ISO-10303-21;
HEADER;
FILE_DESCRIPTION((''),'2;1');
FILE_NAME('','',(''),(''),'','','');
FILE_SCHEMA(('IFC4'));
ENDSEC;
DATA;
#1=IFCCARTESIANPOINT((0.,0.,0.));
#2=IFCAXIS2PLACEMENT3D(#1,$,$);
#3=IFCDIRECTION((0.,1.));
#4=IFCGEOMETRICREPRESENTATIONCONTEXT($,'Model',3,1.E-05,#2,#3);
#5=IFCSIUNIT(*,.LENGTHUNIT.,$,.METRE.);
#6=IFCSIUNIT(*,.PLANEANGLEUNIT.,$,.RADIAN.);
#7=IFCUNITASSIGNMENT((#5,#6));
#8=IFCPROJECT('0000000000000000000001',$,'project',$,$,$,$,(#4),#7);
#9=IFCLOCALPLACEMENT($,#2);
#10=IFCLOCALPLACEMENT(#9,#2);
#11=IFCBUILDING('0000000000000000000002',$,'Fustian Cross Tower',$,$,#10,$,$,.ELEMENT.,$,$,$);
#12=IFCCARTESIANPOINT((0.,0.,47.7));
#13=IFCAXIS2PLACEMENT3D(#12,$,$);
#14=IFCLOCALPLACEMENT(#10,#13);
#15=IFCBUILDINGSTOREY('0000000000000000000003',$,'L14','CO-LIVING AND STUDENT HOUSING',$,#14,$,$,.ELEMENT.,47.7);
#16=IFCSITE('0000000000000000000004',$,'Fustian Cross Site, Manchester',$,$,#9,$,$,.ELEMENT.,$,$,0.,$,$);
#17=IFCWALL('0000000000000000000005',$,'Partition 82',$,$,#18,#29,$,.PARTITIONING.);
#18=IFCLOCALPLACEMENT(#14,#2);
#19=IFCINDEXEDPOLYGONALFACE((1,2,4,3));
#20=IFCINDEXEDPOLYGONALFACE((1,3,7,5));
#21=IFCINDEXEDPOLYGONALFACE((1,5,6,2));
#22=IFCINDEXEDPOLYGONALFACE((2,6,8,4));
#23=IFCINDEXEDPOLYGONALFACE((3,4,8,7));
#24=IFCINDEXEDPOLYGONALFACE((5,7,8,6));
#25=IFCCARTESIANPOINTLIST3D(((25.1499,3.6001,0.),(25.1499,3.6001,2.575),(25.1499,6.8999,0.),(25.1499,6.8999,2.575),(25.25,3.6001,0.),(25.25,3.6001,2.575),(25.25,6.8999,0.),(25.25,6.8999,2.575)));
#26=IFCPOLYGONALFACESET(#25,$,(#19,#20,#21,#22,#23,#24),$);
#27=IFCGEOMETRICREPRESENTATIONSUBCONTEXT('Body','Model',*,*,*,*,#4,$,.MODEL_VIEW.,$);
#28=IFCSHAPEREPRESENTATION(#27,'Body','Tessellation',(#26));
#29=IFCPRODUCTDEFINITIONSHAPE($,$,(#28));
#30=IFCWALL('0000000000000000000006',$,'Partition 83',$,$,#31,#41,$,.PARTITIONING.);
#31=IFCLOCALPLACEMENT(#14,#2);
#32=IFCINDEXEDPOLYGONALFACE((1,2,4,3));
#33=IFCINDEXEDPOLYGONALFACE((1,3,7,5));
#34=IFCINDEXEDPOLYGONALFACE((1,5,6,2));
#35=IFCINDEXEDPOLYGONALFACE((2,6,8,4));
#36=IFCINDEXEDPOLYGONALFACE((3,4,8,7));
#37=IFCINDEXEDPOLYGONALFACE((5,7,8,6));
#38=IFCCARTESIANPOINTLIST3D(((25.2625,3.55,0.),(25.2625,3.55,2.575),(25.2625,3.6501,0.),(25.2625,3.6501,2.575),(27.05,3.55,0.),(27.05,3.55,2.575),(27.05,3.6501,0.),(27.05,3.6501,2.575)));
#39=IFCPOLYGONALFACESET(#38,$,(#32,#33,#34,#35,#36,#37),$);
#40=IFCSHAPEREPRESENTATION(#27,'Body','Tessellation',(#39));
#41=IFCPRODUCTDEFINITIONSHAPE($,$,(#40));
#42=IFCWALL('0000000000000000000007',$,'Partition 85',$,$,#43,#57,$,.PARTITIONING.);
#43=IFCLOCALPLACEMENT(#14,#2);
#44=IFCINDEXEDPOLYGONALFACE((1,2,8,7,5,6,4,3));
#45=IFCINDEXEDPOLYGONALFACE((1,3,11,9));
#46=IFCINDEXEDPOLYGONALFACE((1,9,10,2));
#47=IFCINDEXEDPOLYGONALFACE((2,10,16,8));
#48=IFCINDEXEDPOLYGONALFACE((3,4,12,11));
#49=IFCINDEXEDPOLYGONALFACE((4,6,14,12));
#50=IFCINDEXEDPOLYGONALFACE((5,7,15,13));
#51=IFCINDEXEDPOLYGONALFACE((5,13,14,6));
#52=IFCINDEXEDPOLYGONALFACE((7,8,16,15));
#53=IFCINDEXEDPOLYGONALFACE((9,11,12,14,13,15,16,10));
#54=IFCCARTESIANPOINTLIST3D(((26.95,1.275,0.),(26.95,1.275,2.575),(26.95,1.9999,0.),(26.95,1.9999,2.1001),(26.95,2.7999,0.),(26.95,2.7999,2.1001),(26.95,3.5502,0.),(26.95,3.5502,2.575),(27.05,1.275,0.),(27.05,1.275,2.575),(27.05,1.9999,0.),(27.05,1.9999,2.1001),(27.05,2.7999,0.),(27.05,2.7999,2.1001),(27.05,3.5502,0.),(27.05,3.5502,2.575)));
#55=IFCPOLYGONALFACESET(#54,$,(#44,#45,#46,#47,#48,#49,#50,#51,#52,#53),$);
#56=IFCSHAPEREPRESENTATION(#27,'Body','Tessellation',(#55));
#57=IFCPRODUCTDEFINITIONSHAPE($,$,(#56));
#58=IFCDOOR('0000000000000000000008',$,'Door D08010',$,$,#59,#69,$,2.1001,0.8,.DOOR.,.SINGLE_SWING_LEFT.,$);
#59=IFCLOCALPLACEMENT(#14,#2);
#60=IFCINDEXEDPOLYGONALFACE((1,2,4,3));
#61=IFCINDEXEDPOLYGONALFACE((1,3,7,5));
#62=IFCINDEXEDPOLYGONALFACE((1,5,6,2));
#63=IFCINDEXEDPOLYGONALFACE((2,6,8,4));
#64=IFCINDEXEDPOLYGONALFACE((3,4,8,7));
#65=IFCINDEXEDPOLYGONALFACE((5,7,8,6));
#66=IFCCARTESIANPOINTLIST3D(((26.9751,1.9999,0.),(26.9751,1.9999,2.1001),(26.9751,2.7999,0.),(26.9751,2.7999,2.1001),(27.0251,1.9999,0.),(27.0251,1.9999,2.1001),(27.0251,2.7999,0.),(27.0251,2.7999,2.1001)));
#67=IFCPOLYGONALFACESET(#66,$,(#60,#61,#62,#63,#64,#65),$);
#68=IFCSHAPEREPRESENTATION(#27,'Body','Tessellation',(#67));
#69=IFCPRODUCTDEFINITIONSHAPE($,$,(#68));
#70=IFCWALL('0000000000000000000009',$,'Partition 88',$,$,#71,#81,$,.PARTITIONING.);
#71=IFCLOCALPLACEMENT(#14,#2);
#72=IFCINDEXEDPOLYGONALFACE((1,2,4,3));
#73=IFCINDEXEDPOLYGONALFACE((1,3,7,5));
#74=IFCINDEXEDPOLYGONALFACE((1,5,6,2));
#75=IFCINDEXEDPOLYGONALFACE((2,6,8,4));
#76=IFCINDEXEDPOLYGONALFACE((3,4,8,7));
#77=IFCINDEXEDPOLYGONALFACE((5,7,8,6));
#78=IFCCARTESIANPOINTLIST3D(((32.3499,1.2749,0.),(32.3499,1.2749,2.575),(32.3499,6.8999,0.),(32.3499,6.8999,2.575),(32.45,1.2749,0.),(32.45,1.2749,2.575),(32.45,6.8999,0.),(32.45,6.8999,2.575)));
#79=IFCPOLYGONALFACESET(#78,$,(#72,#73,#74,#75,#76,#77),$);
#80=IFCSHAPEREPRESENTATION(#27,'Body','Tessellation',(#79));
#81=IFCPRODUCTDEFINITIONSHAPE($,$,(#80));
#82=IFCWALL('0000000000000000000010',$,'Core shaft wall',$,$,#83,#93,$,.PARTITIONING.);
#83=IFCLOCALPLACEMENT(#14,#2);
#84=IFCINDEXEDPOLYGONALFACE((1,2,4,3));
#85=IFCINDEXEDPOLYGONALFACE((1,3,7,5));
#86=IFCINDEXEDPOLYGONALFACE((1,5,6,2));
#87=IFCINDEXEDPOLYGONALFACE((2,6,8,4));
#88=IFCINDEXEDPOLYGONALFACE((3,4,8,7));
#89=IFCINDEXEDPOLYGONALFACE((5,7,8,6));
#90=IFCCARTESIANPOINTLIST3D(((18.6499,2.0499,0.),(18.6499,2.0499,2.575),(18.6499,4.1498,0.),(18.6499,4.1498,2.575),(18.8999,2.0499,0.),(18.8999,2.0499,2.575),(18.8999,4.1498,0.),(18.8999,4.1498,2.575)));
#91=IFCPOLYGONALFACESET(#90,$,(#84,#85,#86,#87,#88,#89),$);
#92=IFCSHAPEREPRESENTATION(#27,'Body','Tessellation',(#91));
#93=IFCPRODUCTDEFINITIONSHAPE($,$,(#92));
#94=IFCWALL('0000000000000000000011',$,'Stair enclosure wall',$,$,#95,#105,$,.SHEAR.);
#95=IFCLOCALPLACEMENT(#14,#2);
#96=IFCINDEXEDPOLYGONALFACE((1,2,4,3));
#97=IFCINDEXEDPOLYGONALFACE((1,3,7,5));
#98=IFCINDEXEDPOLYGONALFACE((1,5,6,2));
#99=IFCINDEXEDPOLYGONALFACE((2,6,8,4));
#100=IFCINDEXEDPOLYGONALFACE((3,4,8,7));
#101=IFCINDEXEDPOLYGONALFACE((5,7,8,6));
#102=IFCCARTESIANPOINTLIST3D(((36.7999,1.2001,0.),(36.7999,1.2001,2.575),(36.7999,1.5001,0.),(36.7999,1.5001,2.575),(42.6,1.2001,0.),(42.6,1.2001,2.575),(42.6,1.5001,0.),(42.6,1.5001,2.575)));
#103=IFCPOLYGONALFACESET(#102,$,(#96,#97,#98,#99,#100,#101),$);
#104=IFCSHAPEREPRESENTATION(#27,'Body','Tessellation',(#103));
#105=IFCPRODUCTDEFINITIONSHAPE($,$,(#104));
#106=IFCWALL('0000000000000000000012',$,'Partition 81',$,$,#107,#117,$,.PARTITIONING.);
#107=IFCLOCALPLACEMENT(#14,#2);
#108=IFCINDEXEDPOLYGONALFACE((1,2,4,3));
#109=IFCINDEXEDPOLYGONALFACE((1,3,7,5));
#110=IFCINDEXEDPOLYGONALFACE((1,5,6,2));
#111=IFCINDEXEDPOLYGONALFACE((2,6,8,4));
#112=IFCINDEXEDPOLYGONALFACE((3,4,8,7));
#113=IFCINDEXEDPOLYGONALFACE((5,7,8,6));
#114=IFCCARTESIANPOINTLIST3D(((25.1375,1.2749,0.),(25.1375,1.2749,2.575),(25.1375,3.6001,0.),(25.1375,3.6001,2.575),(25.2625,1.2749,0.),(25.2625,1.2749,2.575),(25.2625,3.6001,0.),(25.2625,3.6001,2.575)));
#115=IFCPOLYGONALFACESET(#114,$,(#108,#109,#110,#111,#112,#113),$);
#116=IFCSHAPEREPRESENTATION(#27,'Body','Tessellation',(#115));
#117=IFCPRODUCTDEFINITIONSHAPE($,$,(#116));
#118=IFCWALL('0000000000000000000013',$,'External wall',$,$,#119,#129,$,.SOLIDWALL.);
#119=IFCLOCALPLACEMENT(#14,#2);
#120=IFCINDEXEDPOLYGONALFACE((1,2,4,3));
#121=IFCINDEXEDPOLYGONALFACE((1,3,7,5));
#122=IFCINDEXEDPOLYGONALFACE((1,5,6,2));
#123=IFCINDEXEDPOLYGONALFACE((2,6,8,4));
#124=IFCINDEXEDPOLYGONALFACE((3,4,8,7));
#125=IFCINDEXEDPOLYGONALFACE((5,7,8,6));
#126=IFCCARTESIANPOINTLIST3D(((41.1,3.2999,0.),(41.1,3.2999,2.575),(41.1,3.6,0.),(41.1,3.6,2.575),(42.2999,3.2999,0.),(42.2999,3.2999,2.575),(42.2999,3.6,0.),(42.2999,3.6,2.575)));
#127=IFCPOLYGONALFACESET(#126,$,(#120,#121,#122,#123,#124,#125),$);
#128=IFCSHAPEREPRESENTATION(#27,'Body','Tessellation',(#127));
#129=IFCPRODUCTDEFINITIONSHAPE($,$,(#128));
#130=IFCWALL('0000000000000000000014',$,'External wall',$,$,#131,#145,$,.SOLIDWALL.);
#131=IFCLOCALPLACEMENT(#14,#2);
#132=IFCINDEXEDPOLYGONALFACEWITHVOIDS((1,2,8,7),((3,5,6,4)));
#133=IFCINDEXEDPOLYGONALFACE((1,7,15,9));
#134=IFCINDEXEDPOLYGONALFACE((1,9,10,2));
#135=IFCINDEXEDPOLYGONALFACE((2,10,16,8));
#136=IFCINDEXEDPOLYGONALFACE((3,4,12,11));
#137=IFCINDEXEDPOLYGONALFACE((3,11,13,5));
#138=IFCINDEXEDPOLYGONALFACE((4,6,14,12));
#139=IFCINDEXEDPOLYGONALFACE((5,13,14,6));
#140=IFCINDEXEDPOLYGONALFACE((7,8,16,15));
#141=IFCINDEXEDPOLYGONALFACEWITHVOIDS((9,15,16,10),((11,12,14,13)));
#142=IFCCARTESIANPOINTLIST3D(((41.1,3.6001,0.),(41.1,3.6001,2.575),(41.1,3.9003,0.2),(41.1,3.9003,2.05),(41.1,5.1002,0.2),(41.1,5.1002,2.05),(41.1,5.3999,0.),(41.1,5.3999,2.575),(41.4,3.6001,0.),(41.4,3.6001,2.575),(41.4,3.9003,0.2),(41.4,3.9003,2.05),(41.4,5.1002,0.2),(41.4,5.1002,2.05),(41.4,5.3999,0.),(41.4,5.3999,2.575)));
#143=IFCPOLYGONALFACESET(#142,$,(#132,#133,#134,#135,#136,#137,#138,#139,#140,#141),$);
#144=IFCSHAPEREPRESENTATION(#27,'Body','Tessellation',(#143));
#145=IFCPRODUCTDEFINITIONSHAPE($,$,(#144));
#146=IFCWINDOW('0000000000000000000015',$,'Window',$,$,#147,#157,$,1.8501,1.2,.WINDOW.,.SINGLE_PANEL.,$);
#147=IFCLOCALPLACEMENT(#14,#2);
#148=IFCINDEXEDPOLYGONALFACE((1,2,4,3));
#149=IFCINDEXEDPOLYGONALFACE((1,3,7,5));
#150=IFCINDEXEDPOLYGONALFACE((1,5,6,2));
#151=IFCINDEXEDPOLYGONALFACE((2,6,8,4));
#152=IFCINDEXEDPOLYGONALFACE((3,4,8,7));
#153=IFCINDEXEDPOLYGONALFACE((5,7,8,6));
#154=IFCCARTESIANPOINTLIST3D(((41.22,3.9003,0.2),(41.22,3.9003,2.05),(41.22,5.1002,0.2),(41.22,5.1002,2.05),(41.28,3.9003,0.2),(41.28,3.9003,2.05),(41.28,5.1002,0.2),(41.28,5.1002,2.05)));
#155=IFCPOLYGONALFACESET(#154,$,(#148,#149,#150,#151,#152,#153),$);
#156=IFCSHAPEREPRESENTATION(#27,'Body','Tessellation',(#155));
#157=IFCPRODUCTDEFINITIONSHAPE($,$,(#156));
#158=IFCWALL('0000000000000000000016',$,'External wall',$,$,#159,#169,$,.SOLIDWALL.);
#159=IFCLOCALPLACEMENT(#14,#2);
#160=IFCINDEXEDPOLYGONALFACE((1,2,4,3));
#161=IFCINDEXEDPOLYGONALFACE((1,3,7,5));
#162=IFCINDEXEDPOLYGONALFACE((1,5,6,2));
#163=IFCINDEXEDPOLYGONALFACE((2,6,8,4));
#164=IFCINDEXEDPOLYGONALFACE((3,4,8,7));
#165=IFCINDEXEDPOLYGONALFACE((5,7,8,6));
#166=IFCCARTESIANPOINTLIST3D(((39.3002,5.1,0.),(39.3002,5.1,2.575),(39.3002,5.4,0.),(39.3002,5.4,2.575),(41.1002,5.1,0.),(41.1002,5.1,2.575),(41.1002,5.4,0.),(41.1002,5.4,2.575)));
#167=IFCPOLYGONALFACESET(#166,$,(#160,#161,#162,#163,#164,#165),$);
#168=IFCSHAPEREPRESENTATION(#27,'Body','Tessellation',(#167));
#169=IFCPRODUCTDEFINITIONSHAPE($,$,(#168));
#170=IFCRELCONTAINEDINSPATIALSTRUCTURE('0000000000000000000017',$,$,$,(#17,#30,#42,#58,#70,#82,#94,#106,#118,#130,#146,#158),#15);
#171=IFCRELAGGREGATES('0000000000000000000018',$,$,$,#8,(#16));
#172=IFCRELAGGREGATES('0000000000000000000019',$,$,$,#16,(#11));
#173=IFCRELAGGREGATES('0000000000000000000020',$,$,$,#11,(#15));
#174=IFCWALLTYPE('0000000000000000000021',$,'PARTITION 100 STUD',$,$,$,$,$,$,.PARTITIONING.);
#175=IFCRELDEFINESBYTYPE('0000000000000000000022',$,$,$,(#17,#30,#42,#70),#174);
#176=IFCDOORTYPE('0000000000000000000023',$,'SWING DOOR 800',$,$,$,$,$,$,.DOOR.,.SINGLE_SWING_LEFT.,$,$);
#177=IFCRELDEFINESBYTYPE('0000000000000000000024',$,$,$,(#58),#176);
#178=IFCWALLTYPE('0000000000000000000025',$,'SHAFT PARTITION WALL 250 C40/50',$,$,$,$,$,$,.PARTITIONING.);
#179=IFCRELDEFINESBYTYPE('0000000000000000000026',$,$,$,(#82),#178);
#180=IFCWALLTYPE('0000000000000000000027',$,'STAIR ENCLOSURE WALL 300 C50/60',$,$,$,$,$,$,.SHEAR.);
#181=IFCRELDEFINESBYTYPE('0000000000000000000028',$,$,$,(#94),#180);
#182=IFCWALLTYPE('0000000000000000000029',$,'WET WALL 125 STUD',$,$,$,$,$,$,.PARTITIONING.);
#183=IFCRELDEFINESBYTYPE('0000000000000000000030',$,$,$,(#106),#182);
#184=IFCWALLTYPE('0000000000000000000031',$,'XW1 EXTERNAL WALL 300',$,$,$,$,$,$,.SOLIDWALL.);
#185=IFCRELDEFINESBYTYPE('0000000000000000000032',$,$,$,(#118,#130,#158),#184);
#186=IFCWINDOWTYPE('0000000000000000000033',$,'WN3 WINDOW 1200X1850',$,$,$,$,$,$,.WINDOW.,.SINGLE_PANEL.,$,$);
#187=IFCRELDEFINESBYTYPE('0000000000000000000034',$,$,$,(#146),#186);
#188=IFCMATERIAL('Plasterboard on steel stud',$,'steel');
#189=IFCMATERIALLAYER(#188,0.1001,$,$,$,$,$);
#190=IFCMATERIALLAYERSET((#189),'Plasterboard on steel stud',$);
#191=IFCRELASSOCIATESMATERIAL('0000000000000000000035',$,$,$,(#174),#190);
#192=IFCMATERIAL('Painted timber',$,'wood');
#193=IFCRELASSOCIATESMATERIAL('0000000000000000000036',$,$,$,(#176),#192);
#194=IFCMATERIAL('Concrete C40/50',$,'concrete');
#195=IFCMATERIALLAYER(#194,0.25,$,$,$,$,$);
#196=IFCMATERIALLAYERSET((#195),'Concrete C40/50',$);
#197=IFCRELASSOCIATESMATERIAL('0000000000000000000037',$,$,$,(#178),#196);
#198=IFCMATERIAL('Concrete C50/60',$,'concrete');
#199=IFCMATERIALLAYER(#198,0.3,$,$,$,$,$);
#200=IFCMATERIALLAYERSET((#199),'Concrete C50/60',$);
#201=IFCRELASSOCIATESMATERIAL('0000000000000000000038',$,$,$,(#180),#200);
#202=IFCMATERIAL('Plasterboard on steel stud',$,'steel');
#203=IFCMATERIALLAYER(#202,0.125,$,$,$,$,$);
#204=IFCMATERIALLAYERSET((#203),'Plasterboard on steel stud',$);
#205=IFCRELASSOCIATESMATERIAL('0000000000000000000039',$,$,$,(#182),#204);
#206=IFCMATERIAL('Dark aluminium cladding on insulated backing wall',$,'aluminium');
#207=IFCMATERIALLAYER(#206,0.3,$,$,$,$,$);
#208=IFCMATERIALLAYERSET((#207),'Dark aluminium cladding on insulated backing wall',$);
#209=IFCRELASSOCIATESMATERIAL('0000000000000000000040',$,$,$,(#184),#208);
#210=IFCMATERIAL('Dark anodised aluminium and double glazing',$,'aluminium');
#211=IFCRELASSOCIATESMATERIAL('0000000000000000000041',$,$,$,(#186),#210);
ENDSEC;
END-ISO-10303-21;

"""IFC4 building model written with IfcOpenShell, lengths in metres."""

from ifc_helpers import new_model, si_unit, direction, frame, frame_2d, origin, place, context, subcontext, project, spatial, rectangle, extrude, material, layer, layer_set, type_object, element, fill, save


model = new_model("IFC4")

# Units and contexts
model_context = context("Model", 3, precision=1e-05, world=origin(), true_north=direction((0.0, 1.0)))
body_context = subcontext(model_context, "Body", "Model", "MODEL_VIEW")
ifc_project = project(units=[si_unit("LENGTHUNIT", "METRE"), si_unit("PLANEANGLEUNIT", "RADIAN")], contexts=[model_context])

# Site, building, storey
site_placement = place(None, origin())
site = spatial("IfcSite", under=ifc_project, at=site_placement, Name="Fustian Cross Site, Manchester", CompositionType="ELEMENT", RefElevation=0.0)
building_placement = place(site_placement, origin())
building = spatial("IfcBuilding", under=site, at=building_placement, Name="Fustian Cross Tower", CompositionType="ELEMENT")
storey_placement = place(building_placement, frame((0.0, 0.0, 47.7)))
storey = spatial("IfcBuildingStorey", under=building, at=storey_placement, Name="L14", Description="CO-LIVING AND STUDENT HOUSING", CompositionType="ELEMENT", Elevation=47.7)

# Walls
ifc_material_1 = material(Name="Plasterboard on steel stud", Category="steel")
ifc_layer_1 = layer(ifc_material_1, 0.1001)
ifc_layer_set_1 = layer_set([ifc_layer_1], Name="Plasterboard on steel stud")
wall_type_1 = type_object("IfcWallType", Name="PARTITION 100 STUD", PredefinedType="PARTITIONING", material=ifc_layer_set_1)
wall_1_placement = place(storey_placement, frame((25.2, 3.6001, 0.0), z_axis=(0.0, 0.0, 1.0), x_axis=(0.0, 1.0, 0.0)))
element("IfcWall", 1, at=wall_1_placement, inside=storey, type_object=wall_type_1, Name="Partition 82", PredefinedType="PARTITIONING", context=body_context, shape_type="SweptSolid", body=[
    extrude(rectangle(XDim=3.2998, YDim=0.1001, at=frame_2d((1.6499, 0.0))), origin(), (0.0, 0.0, 1.0), 2.575),
])
wall_2_placement = place(storey_placement, frame((25.2625, 3.6001, 0.0), z_axis=(0.0, 0.0, 1.0), x_axis=(1.0, 0.0, 0.0)))
element("IfcWall", 2, at=wall_2_placement, inside=storey, type_object=wall_type_1, Name="Partition 83", PredefinedType="PARTITIONING", context=body_context, shape_type="SweptSolid", body=[
    extrude(rectangle(XDim=1.7876, YDim=0.1001, at=frame_2d((0.8938, 0.0))), origin(), (0.0, 0.0, 1.0), 2.575),
])

# Wall, opening, door
wall_3_placement = place(storey_placement, frame((27.0, 1.2749, 0.0), z_axis=(0.0, 0.0, 1.0), x_axis=(0.0, 1.0, 0.0)))
wall_3 = element("IfcWall", 3, at=wall_3_placement, inside=storey, type_object=wall_type_1, Name="Partition 85", PredefinedType="PARTITIONING", context=body_context, shape_type="SweptSolid", body=[
    extrude(rectangle(XDim=2.2751, YDim=0.1001, at=frame_2d((1.1377, 0.0))), origin(), (0.0, 0.0, 1.0), 2.575),
])
opening_1_placement = place(wall_3_placement, frame((0.7251, 0.0, 0.0)))
opening_1 = element("IfcOpeningElement", 4, at=opening_1_placement, cuts=wall_3, PredefinedType="OPENING", context=body_context, shape_type="SweptSolid", body=[
    extrude(rectangle(XDim=0.8, YDim=2.1001, at=frame_2d((0.3999, 1.05))), frame((0.0, 0.0601, 0.0), z_axis=(0.0, -1.0, 0.0), x_axis=(1.0, 0.0, 0.0)), (0.0, 0.0, 1.0), 0.1201),
])
ifc_material_2 = material(Name="Painted timber", Category="wood")
door_type_1 = type_object("IfcDoorType", Name="SWING DOOR 800", OperationType="SINGLE_SWING_LEFT", PredefinedType="DOOR", material=ifc_material_2)
door_1_placement = place(opening_1_placement, origin())
door_1 = element("IfcDoor", 5, at=door_1_placement, inside=storey, type_object=door_type_1, Name="Door D08010", OperationType="SINGLE_SWING_LEFT", OverallHeight=2.1001, OverallWidth=0.8, PredefinedType="DOOR", context=body_context, shape_type="SweptSolid", body=[
    extrude(rectangle(XDim=0.8, YDim=2.1001, at=frame_2d((0.3999, 1.05))), frame((0.0, 0.0249, 0.0), z_axis=(0.0, -1.0, 0.0), x_axis=(1.0, 0.0, 0.0)), (0.0, 0.0, 1.0), 0.05),
])
fill(opening_1, door_1)

# Walls
wall_4_placement = place(storey_placement, frame((32.3999, 1.2749, 0.0), z_axis=(0.0, 0.0, 1.0), x_axis=(0.0, 1.0, 0.0)))
element("IfcWall", 6, at=wall_4_placement, inside=storey, type_object=wall_type_1, Name="Partition 88", PredefinedType="PARTITIONING", context=body_context, shape_type="SweptSolid", body=[
    extrude(rectangle(XDim=5.625, YDim=0.1001, at=frame_2d((2.8125, 0.0))), origin(), (0.0, 0.0, 1.0), 2.575),
])
ifc_material_3 = material(Name="Concrete C40/50", Category="concrete")
ifc_layer_2 = layer(ifc_material_3, 0.25)
ifc_layer_set_2 = layer_set([ifc_layer_2], Name="Concrete C40/50")
wall_type_2 = type_object("IfcWallType", Name="SHAFT PARTITION WALL 250 C40/50", PredefinedType="PARTITIONING", material=ifc_layer_set_2)
wall_5_placement = place(storey_placement, frame((18.7749, 2.05, 0.0), z_axis=(0.0, 0.0, 1.0), x_axis=(0.0, 1.0, 0.0)))
element("IfcWall", 7, at=wall_5_placement, inside=storey, type_object=wall_type_2, Name="Core shaft wall", PredefinedType="PARTITIONING", context=body_context, shape_type="SweptSolid", body=[
    extrude(rectangle(XDim=2.0999, YDim=0.25, at=frame_2d((1.0498, 0.0))), origin(), (0.0, 0.0, 1.0), 2.575),
])
ifc_material_4 = material(Name="Concrete C50/60", Category="concrete")
ifc_layer_3 = layer(ifc_material_4, 0.3)
ifc_layer_set_3 = layer_set([ifc_layer_3], Name="Concrete C50/60")
wall_type_3 = type_object("IfcWallType", Name="STAIR ENCLOSURE WALL 300 C50/60", PredefinedType="SHEAR", material=ifc_layer_set_3)
wall_6_placement = place(storey_placement, frame((36.8, 1.3501, 0.0), z_axis=(0.0, 0.0, 1.0), x_axis=(1.0, 0.0, 0.0)))
element("IfcWall", 8, at=wall_6_placement, inside=storey, type_object=wall_type_3, Name="Stair enclosure wall", PredefinedType="SHEAR", context=body_context, shape_type="SweptSolid", body=[
    extrude(rectangle(XDim=5.8, YDim=0.3, at=frame_2d((2.8999, 0.0))), origin(), (0.0, 0.0, 1.0), 2.575),
])
ifc_material_5 = material(Name="Plasterboard on steel stud", Category="steel")
ifc_layer_4 = layer(ifc_material_5, 0.125)
ifc_layer_set_4 = layer_set([ifc_layer_4], Name="Plasterboard on steel stud")
wall_type_4 = type_object("IfcWallType", Name="WET WALL 125 STUD", PredefinedType="PARTITIONING", material=ifc_layer_set_4)
wall_7_placement = place(storey_placement, frame((25.2, 1.2749, 0.0), z_axis=(0.0, 0.0, 1.0), x_axis=(0.0, 1.0, 0.0)))
element("IfcWall", 9, at=wall_7_placement, inside=storey, type_object=wall_type_4, Name="Partition 81", PredefinedType="PARTITIONING", context=body_context, shape_type="SweptSolid", body=[
    extrude(rectangle(XDim=2.3252, YDim=0.125, at=frame_2d((1.1626, 0.0))), origin(), (0.0, 0.0, 1.0), 2.575),
])
ifc_material_6 = material(Name="Dark aluminium cladding on insulated backing wall", Category="aluminium")
ifc_layer_5 = layer(ifc_material_6, 0.3)
ifc_layer_set_5 = layer_set([ifc_layer_5], Name="Dark aluminium cladding on insulated backing wall")
wall_type_5 = type_object("IfcWallType", Name="XW1 EXTERNAL WALL 300", PredefinedType="SOLIDWALL", material=ifc_layer_set_5)
wall_8_placement = place(storey_placement, frame((42.3, 3.45, 0.0), z_axis=(0.0, 0.0, 1.0), x_axis=(-1.0, 0.0, 0.0)))
element("IfcWall", 10, at=wall_8_placement, inside=storey, type_object=wall_type_5, Name="External wall", PredefinedType="SOLIDWALL", context=body_context, shape_type="SweptSolid", body=[
    extrude(rectangle(XDim=1.2, YDim=0.3, at=frame_2d((0.6001, 0.0))), origin(), (0.0, 0.0, 1.0), 2.575),
])

# Wall, opening, window
wall_9_placement = place(storey_placement, frame((41.25, 3.6001, 0.0), z_axis=(0.0, 0.0, 1.0), x_axis=(0.0, 1.0, 0.0)))
wall_9 = element("IfcWall", 11, at=wall_9_placement, inside=storey, type_object=wall_type_5, Name="External wall", PredefinedType="SOLIDWALL", context=body_context, shape_type="SweptSolid", body=[
    extrude(rectangle(XDim=1.7998, YDim=0.3, at=frame_2d((0.8999, 0.0))), origin(), (0.0, 0.0, 1.0), 2.575),
])
opening_2_placement = place(wall_9_placement, frame((0.3, 0.0, 0.2)))
opening_2 = element("IfcOpeningElement", 12, at=opening_2_placement, cuts=wall_9, PredefinedType="OPENING", context=body_context, shape_type="SweptSolid", body=[
    extrude(rectangle(XDim=1.2, YDim=1.8501, at=frame_2d((0.6001, 0.925))), frame((0.0, 0.1599, 0.0), z_axis=(0.0, -1.0, 0.0), x_axis=(1.0, 0.0, 0.0)), (0.0, 0.0, 1.0), 0.3201),
])
ifc_material_7 = material(Name="Dark anodised aluminium and double glazing", Category="aluminium")
window_type = type_object("IfcWindowType", Name="WN3 WINDOW 1200X1850", PartitioningType="SINGLE_PANEL", PredefinedType="WINDOW", material=ifc_material_7)
window_1_placement = place(opening_2_placement, origin())
window_1 = element("IfcWindow", 13, at=window_1_placement, inside=storey, type_object=window_type, Name="Window", OverallHeight=1.8501, OverallWidth=1.2, PartitioningType="SINGLE_PANEL", PredefinedType="WINDOW", context=body_context, shape_type="SweptSolid", body=[
    extrude(rectangle(XDim=1.2, YDim=1.8501, at=frame_2d((0.6001, 0.925))), frame((0.0, 0.03, 0.0), z_axis=(0.0, -1.0, 0.0), x_axis=(1.0, 0.0, 0.0)), (0.0, 0.0, 1.0), 0.0601),
])
fill(opening_2, window_1)

# Wall
wall_10_placement = place(storey_placement, frame((41.1001, 5.25, 0.0), z_axis=(0.0, 0.0, 1.0), x_axis=(-1.0, 0.0, 0.0)))
element("IfcWall", 14, at=wall_10_placement, inside=storey, type_object=wall_type_5, Name="External wall", PredefinedType="SOLIDWALL", context=body_context, shape_type="SweptSolid", body=[
    extrude(rectangle(XDim=1.8, YDim=0.3, at=frame_2d((0.8999, 0.0))), origin(), (0.0, 0.0, 1.0), 2.575),
])

save(model, "model.ifc")
